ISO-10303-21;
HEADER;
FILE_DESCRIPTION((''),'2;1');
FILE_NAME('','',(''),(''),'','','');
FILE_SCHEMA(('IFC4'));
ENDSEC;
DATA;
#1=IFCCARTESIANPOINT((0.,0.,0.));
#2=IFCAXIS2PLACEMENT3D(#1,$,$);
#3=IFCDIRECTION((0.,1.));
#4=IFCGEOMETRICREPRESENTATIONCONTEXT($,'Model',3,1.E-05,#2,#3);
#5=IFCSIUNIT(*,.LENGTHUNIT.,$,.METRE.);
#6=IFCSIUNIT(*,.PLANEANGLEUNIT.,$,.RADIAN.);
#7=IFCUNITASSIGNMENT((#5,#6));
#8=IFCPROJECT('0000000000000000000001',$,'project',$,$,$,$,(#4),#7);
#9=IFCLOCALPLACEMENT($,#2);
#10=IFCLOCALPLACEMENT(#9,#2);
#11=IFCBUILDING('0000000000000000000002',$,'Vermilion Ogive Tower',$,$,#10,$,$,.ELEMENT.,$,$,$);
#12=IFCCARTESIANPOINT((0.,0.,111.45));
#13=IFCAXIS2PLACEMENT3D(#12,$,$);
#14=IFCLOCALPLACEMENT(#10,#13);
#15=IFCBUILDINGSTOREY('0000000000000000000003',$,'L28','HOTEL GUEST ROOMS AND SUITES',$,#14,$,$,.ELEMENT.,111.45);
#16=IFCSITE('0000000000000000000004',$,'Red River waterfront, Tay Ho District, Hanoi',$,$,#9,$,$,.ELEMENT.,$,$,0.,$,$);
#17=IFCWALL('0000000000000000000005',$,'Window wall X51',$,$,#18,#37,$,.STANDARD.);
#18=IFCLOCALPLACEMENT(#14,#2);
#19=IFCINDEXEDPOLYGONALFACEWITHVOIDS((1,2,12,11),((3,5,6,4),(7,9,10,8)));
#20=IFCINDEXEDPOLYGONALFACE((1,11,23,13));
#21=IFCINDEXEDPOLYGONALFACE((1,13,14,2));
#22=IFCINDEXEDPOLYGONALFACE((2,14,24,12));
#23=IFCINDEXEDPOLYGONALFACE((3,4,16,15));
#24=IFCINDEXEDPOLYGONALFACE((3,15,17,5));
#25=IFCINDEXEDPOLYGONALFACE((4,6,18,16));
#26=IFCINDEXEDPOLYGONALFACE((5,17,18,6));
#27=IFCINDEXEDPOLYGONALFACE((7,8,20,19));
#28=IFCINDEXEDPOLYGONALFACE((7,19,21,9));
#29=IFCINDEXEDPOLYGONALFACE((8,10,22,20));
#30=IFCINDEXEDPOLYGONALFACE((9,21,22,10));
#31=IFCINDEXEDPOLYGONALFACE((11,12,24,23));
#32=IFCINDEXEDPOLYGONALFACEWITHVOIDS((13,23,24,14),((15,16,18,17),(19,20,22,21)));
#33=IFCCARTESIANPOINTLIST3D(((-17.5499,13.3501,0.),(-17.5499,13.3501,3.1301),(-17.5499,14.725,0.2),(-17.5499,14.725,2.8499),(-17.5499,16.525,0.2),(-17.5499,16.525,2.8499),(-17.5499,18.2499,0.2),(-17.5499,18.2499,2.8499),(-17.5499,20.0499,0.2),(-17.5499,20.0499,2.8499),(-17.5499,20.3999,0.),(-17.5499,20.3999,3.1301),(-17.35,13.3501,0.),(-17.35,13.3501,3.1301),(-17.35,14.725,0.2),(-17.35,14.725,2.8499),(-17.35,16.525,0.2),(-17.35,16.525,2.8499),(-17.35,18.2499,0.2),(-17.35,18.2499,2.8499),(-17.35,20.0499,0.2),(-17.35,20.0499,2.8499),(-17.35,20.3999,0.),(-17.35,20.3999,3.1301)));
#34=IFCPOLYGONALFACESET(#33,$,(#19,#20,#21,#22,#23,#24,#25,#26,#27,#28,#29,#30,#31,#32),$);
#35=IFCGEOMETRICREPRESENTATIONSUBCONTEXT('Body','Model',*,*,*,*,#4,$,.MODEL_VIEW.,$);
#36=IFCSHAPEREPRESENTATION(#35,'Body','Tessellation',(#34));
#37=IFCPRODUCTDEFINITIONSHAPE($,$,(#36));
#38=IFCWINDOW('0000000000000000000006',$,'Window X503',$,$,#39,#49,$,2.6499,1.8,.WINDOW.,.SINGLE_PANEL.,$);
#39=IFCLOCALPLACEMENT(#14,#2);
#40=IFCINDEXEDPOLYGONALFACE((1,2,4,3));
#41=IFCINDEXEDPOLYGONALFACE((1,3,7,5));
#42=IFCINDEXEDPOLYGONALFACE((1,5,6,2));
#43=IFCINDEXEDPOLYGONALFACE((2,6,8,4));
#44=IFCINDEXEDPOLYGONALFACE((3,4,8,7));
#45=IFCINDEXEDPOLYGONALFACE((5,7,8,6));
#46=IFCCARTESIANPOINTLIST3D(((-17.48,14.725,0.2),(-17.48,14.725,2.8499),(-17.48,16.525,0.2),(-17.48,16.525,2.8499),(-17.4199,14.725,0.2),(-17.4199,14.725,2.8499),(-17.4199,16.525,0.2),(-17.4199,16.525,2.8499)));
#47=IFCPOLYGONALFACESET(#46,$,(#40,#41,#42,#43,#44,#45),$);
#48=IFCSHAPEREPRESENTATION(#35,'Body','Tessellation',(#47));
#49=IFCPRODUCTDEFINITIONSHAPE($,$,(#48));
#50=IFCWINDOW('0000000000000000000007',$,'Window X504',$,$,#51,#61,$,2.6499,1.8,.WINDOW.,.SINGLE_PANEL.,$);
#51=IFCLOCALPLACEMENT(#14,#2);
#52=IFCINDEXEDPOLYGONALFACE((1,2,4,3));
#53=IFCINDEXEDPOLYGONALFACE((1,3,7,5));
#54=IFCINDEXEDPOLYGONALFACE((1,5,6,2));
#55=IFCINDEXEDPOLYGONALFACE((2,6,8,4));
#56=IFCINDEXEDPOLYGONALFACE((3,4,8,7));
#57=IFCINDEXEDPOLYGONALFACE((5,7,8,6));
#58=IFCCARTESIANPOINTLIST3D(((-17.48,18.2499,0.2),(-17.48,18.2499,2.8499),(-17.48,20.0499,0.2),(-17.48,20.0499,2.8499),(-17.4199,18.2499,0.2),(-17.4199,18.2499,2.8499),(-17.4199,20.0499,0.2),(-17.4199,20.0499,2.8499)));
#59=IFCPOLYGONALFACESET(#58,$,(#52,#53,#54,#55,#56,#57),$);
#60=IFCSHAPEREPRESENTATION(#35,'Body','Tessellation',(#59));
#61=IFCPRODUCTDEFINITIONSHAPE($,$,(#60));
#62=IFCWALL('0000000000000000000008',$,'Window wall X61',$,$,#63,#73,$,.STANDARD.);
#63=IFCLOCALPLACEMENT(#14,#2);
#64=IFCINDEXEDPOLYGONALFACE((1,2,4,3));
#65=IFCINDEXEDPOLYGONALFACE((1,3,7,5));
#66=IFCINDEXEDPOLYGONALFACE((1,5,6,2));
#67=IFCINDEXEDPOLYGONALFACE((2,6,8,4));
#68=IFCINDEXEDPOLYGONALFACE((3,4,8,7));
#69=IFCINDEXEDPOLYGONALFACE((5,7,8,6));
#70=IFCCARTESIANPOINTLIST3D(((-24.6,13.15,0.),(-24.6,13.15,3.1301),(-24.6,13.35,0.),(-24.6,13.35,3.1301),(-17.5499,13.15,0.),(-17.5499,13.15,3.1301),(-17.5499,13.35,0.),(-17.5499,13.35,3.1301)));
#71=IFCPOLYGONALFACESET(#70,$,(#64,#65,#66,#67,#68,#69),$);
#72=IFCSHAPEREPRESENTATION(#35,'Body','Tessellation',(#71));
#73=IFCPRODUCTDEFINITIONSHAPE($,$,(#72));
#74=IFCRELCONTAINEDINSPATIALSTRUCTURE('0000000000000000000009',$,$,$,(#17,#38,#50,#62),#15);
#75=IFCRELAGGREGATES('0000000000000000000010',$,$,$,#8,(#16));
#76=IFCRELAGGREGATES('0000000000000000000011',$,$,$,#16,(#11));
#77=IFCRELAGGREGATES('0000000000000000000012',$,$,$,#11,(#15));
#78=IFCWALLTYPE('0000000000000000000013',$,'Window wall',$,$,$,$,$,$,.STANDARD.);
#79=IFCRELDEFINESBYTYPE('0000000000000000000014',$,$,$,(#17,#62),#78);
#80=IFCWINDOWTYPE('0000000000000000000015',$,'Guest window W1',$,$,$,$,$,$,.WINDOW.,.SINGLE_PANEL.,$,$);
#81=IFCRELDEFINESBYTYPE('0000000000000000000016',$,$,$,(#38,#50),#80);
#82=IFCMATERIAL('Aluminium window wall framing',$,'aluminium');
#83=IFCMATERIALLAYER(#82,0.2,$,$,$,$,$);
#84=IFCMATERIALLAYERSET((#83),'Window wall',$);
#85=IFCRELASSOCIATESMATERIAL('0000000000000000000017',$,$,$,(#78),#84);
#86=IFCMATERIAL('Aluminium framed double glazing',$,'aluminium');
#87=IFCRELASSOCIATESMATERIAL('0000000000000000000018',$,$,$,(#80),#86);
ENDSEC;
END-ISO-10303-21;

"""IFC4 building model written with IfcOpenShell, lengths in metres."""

from ifc_helpers import new_model, si_unit, direction, frame, frame_2d, origin, place, context, subcontext, project, spatial, rectangle, extrude, material, layer, layer_set, type_object, element, fill, save


model = new_model("IFC4")

# Units and contexts
model_context = context("Model", 3, precision=1e-05, world=origin(), true_north=direction((0.0, 1.0)))
body_context = subcontext(model_context, "Body", "Model", "MODEL_VIEW")
ifc_project = project(units=[si_unit("LENGTHUNIT", "METRE"), si_unit("PLANEANGLEUNIT", "RADIAN")], contexts=[model_context])

# Site, building, storey
site_placement = place(None, origin())
site = spatial("IfcSite", under=ifc_project, at=site_placement, Name="Red River waterfront, Tay Ho District, Hanoi", CompositionType="ELEMENT", RefElevation=0.0)
building_placement = place(site_placement, origin())
building = spatial("IfcBuilding", under=site, at=building_placement, Name="Vermilion Ogive Tower", CompositionType="ELEMENT")
storey_placement = place(building_placement, frame((0.0, 0.0, 111.45)))
storey = spatial("IfcBuildingStorey", under=building, at=storey_placement, Name="L28", Description="HOTEL GUEST ROOMS AND SUITES", CompositionType="ELEMENT", Elevation=111.45)

# Wall, openings, windows
ifc_material_1 = material(Name="Aluminium window wall framing", Category="aluminium")
ifc_layer_1 = layer(ifc_material_1, 0.2)
ifc_layer_set_1 = layer_set([ifc_layer_1], Name="Window wall")
wall_type_1 = type_object("IfcWallType", Name="Window wall", PredefinedType="STANDARD", material=ifc_layer_set_1)
wall_1_placement = place(storey_placement, frame((-17.45, 20.3999, 0.0), z_axis=(0.0, 0.0, 1.0), x_axis=(0.0, -1.0, 0.0)))
wall_1 = element("IfcWall", 1, at=wall_1_placement, inside=storey, type_object=wall_type_1, Name="Window wall X51", PredefinedType="STANDARD", context=body_context, shape_type="SweptSolid", body=[
    extrude(rectangle(XDim=7.0498, YDim=0.2, at=frame_2d((3.5249, 0.0))), origin(), (0.0, 0.0, 1.0), 3.1301),
])
opening_1_placement = place(wall_1_placement, frame((3.875, 0.0, 0.2)))
opening_1 = element("IfcOpeningElement", 2, at=opening_1_placement, cuts=wall_1, PredefinedType="OPENING", context=body_context, shape_type="SweptSolid", body=[
    extrude(rectangle(XDim=1.8, YDim=2.6499, at=frame_2d((0.8999, 1.325))), frame((0.0, 0.1099, 0.0), z_axis=(0.0, -1.0, 0.0), x_axis=(1.0, 0.0, 0.0)), (0.0, 0.0, 1.0), 0.22),
])
opening_2_placement = place(wall_1_placement, frame((0.3501, 0.0, 0.2)))
opening_2 = element("IfcOpeningElement", 3, at=opening_2_placement, cuts=wall_1, PredefinedType="OPENING", context=body_context, shape_type="SweptSolid", body=[
    extrude(rectangle(XDim=1.8, YDim=2.6499, at=frame_2d((0.8999, 1.325))), frame((0.0, 0.1099, 0.0), z_axis=(0.0, -1.0, 0.0), x_axis=(1.0, 0.0, 0.0)), (0.0, 0.0, 1.0), 0.22),
])
ifc_material_2 = material(Name="Aluminium framed double glazing", Category="aluminium")
window_type = type_object("IfcWindowType", Name="Guest window W1", PartitioningType="SINGLE_PANEL", PredefinedType="WINDOW", material=ifc_material_2)
window_1_placement = place(opening_1_placement, origin())
window_1 = element("IfcWindow", 4, at=window_1_placement, inside=storey, type_object=window_type, Name="Window X503", OverallHeight=2.6499, OverallWidth=1.8, PartitioningType="SINGLE_PANEL", PredefinedType="WINDOW", context=body_context, shape_type="SweptSolid", body=[
    extrude(rectangle(XDim=1.8, YDim=2.6499, at=frame_2d((0.8999, 1.325))), frame((0.0, 0.03, 0.0), z_axis=(0.0, -1.0, 0.0), x_axis=(1.0, 0.0, 0.0)), (0.0, 0.0, 1.0), 0.0601),
])
fill(opening_1, window_1)
window_2_placement = place(opening_2_placement, origin())
window_2 = element("IfcWindow", 5, at=window_2_placement, inside=storey, type_object=window_type, Name="Window X504", OverallHeight=2.6499, OverallWidth=1.8, PartitioningType="SINGLE_PANEL", PredefinedType="WINDOW", context=body_context, shape_type="SweptSolid", body=[
    extrude(rectangle(XDim=1.8, YDim=2.6499, at=frame_2d((0.8999, 1.325))), frame((0.0, 0.03, 0.0), z_axis=(0.0, -1.0, 0.0), x_axis=(1.0, 0.0, 0.0)), (0.0, 0.0, 1.0), 0.0601),
])
fill(opening_2, window_2)

# Wall
wall_2_placement = place(storey_placement, frame((-17.55, 13.25, 0.0), z_axis=(0.0, 0.0, 1.0), x_axis=(-1.0, 0.0, 0.0)))
element("IfcWall", 6, at=wall_2_placement, inside=storey, type_object=wall_type_1, Name="Window wall X61", PredefinedType="STANDARD", context=body_context, shape_type="SweptSolid", body=[
    extrude(rectangle(XDim=7.05, YDim=0.2, at=frame_2d((3.5249, 0.0))), origin(), (0.0, 0.0, 1.0), 3.1301),
])

save(model, "model.ifc")
